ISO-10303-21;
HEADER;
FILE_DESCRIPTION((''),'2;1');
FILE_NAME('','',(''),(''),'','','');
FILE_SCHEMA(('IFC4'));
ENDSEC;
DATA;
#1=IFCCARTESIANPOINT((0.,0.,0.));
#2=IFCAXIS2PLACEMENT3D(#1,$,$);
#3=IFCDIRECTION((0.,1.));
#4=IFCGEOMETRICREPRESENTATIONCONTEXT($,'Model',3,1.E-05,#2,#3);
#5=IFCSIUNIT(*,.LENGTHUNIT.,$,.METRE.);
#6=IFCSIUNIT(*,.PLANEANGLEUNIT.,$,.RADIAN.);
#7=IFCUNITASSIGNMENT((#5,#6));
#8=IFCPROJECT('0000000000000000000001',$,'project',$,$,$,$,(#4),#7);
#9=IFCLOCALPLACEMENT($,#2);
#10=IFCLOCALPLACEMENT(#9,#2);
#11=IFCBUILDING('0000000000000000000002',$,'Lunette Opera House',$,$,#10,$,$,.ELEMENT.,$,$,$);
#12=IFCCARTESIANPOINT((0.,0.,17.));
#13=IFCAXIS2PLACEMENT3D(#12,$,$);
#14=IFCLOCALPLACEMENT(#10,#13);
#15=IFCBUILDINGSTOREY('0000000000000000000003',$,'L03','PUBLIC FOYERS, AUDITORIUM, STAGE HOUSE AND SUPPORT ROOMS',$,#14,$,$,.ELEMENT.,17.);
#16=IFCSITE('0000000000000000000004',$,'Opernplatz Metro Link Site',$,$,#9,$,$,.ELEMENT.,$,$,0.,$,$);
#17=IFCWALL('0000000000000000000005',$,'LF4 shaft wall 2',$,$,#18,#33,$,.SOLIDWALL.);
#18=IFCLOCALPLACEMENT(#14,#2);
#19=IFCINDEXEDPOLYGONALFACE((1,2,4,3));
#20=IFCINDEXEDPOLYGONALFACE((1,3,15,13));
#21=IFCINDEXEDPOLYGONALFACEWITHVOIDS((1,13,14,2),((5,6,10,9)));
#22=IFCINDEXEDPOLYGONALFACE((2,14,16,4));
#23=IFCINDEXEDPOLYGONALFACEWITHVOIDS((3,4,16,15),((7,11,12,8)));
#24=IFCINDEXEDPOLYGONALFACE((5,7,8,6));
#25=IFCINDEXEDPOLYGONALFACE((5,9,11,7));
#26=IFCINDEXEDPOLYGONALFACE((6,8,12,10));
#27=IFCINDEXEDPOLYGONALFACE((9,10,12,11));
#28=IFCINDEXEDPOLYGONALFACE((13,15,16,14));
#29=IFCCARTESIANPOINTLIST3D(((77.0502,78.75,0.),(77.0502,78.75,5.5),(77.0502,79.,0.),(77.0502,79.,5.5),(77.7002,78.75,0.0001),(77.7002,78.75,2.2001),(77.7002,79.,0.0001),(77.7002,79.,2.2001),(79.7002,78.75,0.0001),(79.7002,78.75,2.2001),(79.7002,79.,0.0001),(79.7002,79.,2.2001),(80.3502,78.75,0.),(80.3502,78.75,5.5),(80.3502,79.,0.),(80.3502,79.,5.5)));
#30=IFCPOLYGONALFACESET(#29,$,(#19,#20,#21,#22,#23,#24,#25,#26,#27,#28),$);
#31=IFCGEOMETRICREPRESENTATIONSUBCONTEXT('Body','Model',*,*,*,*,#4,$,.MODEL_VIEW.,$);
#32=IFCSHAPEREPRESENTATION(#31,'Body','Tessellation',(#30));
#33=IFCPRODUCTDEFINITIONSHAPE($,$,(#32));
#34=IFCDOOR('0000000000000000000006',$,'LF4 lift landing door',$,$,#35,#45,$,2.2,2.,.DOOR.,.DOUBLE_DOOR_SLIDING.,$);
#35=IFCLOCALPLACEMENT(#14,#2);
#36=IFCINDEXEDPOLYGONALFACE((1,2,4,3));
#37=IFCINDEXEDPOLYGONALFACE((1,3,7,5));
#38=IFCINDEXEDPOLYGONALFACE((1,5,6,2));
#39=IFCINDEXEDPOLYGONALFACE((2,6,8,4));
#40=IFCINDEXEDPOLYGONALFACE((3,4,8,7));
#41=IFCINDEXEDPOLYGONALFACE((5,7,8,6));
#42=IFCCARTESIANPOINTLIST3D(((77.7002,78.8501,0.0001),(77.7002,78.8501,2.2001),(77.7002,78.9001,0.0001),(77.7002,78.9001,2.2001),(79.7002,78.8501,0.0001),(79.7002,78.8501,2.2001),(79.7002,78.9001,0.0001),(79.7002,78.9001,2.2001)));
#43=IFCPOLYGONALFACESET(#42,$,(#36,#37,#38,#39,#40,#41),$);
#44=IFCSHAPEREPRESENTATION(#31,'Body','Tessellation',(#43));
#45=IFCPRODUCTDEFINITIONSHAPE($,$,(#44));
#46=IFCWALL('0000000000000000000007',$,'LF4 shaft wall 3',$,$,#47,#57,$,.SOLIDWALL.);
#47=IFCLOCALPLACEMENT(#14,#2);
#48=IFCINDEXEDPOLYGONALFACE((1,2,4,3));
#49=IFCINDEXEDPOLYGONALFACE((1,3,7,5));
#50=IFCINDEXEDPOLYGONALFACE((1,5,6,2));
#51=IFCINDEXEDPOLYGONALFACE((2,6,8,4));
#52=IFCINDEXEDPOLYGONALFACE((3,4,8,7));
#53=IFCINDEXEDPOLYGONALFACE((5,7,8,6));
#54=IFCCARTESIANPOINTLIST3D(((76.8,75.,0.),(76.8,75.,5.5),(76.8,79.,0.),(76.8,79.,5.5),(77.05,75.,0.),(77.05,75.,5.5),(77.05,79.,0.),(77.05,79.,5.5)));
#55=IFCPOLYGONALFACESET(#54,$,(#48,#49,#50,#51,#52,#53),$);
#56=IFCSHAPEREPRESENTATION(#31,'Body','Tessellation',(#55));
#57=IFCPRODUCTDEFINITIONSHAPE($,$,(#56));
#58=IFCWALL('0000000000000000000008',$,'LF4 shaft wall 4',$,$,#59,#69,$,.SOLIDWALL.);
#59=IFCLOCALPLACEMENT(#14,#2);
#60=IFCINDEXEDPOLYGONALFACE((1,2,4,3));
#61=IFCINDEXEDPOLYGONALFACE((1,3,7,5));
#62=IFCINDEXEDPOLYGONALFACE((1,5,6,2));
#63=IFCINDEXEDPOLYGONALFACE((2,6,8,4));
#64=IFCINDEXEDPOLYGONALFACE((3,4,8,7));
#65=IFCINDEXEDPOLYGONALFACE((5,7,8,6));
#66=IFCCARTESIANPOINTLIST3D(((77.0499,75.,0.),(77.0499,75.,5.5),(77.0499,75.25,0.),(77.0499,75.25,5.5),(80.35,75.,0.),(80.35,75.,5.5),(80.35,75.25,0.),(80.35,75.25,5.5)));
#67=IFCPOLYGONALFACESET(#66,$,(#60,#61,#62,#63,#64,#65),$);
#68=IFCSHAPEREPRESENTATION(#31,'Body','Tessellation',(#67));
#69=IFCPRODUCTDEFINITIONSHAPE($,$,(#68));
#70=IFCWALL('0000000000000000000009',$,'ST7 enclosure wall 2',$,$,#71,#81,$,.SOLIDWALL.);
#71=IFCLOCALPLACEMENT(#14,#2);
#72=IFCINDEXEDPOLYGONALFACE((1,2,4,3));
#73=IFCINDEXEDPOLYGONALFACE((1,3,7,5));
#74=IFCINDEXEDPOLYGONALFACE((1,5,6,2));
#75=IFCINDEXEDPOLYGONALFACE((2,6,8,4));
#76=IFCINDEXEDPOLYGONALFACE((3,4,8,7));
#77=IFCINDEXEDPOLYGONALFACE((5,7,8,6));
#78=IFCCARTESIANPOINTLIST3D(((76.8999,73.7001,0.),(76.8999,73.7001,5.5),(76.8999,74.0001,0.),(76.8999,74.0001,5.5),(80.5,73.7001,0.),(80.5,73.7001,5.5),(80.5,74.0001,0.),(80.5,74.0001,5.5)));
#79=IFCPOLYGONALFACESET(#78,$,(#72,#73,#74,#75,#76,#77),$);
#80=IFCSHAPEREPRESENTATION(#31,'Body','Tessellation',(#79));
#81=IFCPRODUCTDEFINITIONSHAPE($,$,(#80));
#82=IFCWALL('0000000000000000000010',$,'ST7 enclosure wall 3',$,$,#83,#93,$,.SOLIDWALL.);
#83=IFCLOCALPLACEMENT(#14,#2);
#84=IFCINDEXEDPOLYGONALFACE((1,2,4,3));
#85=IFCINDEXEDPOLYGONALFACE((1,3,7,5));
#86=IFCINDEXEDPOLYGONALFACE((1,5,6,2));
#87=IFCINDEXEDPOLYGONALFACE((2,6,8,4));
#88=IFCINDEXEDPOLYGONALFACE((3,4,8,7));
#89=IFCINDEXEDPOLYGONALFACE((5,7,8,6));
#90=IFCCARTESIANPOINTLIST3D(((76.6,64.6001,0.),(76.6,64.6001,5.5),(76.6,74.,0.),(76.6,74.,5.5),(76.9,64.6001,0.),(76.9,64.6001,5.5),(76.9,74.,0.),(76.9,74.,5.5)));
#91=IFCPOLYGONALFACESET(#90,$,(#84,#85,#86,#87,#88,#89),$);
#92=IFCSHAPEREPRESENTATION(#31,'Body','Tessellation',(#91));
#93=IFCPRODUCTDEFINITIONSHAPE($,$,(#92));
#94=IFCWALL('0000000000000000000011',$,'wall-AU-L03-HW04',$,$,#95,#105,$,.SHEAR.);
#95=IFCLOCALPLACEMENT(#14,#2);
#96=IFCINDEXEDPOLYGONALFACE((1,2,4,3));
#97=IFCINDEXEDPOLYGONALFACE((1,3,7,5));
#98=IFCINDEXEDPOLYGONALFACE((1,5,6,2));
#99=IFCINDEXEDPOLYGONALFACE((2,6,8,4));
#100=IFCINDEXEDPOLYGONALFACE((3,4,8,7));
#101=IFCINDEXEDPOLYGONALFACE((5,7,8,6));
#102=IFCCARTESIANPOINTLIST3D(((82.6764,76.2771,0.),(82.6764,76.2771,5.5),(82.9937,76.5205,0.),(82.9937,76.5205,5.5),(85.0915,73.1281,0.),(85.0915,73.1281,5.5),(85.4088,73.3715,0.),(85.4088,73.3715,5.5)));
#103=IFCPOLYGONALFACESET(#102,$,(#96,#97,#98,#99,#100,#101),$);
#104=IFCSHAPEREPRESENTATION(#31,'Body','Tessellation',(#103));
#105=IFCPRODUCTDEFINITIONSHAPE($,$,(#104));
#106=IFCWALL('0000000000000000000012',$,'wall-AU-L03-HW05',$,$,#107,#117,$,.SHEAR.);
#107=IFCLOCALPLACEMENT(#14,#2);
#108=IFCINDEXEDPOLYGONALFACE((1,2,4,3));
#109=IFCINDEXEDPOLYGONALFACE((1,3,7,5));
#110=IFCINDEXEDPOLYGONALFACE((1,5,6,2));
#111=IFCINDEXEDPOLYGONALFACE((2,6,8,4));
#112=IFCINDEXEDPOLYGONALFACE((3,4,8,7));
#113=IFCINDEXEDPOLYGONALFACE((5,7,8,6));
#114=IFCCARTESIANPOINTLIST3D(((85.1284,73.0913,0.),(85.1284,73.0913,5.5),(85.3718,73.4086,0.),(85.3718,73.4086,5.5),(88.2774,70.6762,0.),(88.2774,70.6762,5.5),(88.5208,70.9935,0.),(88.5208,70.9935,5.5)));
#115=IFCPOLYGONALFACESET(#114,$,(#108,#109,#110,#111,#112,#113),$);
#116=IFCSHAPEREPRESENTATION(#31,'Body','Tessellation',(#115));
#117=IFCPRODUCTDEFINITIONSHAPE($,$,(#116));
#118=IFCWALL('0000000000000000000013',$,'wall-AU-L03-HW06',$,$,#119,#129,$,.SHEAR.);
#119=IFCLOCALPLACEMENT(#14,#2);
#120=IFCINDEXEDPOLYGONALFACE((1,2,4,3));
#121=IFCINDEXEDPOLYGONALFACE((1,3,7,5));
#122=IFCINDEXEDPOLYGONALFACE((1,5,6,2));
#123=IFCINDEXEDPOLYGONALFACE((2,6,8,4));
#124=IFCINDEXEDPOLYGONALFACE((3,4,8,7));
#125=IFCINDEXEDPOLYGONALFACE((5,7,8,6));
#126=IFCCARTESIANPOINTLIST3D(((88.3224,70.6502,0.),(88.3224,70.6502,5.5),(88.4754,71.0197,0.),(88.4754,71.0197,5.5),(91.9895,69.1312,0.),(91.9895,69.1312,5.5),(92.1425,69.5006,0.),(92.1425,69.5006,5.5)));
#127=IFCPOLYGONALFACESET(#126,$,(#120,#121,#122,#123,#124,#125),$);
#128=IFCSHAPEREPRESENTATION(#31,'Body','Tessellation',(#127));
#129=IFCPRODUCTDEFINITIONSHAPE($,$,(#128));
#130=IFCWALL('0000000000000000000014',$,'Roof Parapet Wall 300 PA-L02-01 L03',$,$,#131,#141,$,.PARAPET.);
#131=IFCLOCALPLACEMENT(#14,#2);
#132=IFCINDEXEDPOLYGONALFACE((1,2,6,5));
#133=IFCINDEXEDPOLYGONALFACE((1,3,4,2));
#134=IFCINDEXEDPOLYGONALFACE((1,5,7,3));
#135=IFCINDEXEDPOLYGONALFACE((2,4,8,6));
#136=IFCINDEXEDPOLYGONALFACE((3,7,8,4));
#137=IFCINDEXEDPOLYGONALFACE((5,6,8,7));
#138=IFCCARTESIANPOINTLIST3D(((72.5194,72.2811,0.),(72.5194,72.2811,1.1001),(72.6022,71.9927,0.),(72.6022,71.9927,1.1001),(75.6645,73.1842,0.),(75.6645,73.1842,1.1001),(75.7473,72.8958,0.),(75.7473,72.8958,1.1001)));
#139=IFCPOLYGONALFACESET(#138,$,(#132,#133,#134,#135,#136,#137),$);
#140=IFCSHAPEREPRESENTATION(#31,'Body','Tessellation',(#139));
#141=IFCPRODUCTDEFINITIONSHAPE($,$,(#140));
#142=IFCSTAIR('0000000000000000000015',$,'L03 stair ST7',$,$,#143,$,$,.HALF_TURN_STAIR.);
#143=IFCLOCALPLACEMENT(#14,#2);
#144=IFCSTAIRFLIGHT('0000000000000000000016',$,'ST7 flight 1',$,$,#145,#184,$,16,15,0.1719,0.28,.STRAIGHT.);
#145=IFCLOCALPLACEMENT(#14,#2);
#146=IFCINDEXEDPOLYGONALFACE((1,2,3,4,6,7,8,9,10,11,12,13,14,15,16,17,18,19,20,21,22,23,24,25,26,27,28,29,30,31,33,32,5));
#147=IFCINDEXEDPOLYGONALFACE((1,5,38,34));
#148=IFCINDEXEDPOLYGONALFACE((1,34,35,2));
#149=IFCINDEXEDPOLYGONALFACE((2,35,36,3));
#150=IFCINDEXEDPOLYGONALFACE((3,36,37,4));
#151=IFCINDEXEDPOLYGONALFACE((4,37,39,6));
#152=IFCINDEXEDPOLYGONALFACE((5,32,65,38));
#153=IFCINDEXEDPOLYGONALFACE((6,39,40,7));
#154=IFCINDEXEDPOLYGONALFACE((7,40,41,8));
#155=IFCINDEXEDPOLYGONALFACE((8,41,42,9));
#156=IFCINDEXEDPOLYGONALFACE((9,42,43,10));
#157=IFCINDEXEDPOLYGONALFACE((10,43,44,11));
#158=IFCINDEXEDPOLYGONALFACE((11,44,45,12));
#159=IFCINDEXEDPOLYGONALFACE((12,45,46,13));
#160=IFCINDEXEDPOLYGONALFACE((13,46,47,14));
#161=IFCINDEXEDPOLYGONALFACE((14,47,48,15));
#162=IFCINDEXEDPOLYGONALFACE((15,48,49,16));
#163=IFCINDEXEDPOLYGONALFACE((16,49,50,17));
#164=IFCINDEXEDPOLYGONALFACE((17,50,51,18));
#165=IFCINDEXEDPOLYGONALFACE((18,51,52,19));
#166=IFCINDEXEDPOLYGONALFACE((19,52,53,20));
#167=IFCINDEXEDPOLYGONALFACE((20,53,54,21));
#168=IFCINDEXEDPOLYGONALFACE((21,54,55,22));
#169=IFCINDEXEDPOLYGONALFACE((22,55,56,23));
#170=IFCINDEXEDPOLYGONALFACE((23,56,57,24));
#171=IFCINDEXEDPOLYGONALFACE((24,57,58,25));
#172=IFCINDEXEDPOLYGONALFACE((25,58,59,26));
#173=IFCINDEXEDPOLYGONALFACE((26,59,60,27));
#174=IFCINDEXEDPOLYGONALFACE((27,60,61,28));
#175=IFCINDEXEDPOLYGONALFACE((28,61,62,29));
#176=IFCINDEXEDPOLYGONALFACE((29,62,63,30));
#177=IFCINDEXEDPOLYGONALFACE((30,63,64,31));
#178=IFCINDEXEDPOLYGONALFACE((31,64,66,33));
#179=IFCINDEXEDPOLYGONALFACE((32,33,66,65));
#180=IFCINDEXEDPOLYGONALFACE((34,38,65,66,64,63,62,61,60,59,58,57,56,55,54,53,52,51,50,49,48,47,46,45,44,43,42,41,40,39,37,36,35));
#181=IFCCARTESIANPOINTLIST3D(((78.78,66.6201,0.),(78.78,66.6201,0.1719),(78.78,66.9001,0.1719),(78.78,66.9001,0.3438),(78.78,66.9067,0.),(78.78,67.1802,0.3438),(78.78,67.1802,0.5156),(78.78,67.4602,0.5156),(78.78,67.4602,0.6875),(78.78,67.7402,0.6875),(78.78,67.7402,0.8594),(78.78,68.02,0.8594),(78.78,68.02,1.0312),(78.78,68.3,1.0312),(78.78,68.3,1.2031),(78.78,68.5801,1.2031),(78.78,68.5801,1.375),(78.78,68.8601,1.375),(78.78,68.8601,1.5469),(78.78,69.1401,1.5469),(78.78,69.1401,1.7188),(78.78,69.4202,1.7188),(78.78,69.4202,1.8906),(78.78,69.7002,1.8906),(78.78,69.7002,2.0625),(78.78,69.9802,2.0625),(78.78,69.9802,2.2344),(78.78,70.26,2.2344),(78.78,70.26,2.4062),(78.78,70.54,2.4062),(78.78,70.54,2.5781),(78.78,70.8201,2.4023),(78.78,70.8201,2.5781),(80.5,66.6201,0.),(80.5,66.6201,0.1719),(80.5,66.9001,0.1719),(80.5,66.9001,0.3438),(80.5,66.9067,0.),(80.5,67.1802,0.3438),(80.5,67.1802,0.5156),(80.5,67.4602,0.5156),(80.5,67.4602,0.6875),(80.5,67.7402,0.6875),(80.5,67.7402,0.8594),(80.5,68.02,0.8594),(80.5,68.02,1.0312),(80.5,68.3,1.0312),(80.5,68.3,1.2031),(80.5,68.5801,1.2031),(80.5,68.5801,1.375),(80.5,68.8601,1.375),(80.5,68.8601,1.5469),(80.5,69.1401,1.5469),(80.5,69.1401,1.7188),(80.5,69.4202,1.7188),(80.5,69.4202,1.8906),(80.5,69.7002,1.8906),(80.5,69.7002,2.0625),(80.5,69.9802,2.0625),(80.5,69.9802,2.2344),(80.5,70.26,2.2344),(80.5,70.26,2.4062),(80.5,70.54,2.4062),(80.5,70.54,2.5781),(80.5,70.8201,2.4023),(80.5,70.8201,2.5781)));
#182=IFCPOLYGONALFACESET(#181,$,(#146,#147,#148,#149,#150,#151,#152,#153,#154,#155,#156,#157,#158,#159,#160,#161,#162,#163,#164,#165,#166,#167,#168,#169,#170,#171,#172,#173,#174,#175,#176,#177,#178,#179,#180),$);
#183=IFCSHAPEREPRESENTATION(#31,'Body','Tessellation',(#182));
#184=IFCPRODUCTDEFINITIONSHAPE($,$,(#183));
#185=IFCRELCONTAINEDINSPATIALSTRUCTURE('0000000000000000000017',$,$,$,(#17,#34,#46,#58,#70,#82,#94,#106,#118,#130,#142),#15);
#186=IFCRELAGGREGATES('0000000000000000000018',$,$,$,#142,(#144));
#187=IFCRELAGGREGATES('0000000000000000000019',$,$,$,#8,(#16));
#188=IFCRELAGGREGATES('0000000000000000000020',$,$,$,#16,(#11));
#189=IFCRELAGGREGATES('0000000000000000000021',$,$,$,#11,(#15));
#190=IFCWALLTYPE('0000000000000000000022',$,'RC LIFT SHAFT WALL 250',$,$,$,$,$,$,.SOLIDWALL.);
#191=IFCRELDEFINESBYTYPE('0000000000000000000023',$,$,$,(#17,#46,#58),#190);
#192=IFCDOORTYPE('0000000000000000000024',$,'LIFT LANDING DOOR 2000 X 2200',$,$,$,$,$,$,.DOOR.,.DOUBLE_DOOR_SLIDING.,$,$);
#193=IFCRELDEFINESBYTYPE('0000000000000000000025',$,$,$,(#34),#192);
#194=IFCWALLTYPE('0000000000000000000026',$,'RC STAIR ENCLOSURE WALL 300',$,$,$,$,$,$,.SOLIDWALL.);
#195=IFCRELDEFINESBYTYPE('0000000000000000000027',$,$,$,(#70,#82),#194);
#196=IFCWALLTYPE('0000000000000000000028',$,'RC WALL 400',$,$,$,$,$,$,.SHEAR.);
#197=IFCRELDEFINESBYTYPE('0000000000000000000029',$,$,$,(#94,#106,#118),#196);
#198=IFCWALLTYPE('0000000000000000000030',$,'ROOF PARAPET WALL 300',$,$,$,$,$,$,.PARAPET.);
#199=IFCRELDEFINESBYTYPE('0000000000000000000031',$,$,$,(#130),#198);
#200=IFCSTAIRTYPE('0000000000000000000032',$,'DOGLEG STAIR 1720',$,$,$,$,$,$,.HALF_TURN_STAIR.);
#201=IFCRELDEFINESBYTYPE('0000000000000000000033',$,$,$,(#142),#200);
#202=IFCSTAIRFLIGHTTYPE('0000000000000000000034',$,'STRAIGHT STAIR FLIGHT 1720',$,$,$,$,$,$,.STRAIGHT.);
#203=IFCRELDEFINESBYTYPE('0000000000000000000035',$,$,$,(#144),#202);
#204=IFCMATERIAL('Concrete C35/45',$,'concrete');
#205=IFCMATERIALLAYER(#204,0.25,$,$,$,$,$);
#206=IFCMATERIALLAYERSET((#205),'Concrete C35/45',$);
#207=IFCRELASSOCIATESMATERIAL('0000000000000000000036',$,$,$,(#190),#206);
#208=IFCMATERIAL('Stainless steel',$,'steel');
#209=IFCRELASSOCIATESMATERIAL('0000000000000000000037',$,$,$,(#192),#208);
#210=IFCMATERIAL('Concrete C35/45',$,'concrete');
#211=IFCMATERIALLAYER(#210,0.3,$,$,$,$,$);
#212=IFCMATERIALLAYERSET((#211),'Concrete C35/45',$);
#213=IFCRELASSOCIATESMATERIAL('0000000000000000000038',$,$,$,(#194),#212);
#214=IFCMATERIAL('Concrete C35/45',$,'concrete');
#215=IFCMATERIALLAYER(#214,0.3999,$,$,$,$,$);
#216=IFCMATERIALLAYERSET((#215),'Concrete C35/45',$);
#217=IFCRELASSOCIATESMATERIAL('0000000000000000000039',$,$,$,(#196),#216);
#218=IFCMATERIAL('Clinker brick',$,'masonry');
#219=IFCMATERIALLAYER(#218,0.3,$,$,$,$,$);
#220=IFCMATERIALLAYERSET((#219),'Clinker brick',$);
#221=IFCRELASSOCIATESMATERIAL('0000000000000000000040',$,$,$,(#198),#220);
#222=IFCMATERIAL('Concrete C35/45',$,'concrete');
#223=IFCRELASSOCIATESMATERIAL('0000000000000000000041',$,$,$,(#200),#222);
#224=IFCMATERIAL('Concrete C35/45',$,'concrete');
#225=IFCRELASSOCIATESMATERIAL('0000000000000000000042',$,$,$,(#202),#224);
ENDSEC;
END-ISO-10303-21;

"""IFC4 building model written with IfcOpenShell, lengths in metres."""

from ifc_helpers import new_model, si_unit, direction, frame, frame_2d, origin, place, context, subcontext, project, spatial, polyline, rectangle, outline, extrude, material, layer, layer_set, type_object, element, fill, aggregate, save


model = new_model("IFC4")

# Units and contexts
model_context = context("Model", 3, precision=1e-05, world=origin(), true_north=direction((0.0, 1.0)))
body_context = subcontext(model_context, "Body", "Model", "MODEL_VIEW")
ifc_project = project(units=[si_unit("LENGTHUNIT", "METRE"), si_unit("PLANEANGLEUNIT", "RADIAN")], contexts=[model_context])

# Site, building, storey
site_placement = place(None, origin())
site = spatial("IfcSite", under=ifc_project, at=site_placement, Name="Opernplatz Metro Link Site", CompositionType="ELEMENT", RefElevation=0.0)
building_placement = place(site_placement, origin())
building = spatial("IfcBuilding", under=site, at=building_placement, Name="Lunette Opera House", CompositionType="ELEMENT")
storey_placement = place(building_placement, frame((0.0, 0.0, 17.0)))
storey = spatial("IfcBuildingStorey", under=building, at=storey_placement, Name="L03", Description="PUBLIC FOYERS, AUDITORIUM, STAGE HOUSE AND SUPPORT ROOMS", CompositionType="ELEMENT", Elevation=17.0)

# Shared definitions
ifc_material_1 = material(Name="Concrete C35/45", Category="concrete")
ifc_layer_1 = layer(ifc_material_1, 0.25)
ifc_layer_set_1 = layer_set([ifc_layer_1], Name="Concrete C35/45")
wall_type_1 = type_object("IfcWallType", Name="RC LIFT SHAFT WALL 250", PredefinedType="SOLIDWALL", material=ifc_layer_set_1)

# Wall, opening, door
wall_1_placement = place(storey_placement, frame((80.3501, 78.875, 0.0), z_axis=(0.0, 0.0, 1.0), x_axis=(-1.0, 0.0, 0.0)))
wall_1 = element("IfcWall", 1, at=wall_1_placement, inside=storey, type_object=wall_type_1, Name="LF4 shaft wall 2", PredefinedType="SOLIDWALL", context=body_context, shape_type="SweptSolid", body=[
    extrude(rectangle(XDim=3.3, YDim=0.25, at=frame_2d((1.6499, 0.0))), origin(), (0.0, 0.0, 1.0), 5.5),
])
opening_placement = place(wall_1_placement, frame((0.6499, 0.0, 0.0)))
opening = element("IfcOpeningElement", 2, at=opening_placement, cuts=wall_1, PredefinedType="OPENING", context=body_context, shape_type="SweptSolid", body=[
    extrude(rectangle(XDim=2.0, YDim=2.2, at=frame_2d((1.0, 1.1001))), frame((0.0, 0.137, 0.0), z_axis=(0.0, -1.0, 0.0), x_axis=(1.0, 0.0, 0.0)), (0.0, 0.0, 1.0), 0.2739),
])
ifc_material_2 = material(Name="Stainless steel", Category="steel")
door_type = type_object("IfcDoorType", Name="LIFT LANDING DOOR 2000 X 2200", OperationType="DOUBLE_DOOR_SLIDING", PredefinedType="DOOR", material=ifc_material_2)
door_placement = place(opening_placement, origin())
door = element("IfcDoor", 3, at=door_placement, inside=storey, type_object=door_type, Name="LF4 lift landing door", OperationType="DOUBLE_DOOR_SLIDING", OverallHeight=2.2, OverallWidth=2.0, PredefinedType="DOOR", context=body_context, shape_type="SweptSolid", body=[
    extrude(rectangle(XDim=2.0, YDim=2.2, at=frame_2d((1.0, 1.1001))), frame((0.0, 0.0249, 0.0), z_axis=(0.0, -1.0, 0.0), x_axis=(1.0, 0.0, 0.0)), (0.0, 0.0, 1.0), 0.05),
])
fill(opening, door)

# Walls
wall_2_placement = place(storey_placement, frame((76.925, 79.0, 0.0), z_axis=(0.0, 0.0, 1.0), x_axis=(0.0, -1.0, 0.0)))
element("IfcWall", 4, at=wall_2_placement, inside=storey, type_object=wall_type_1, Name="LF4 shaft wall 3", PredefinedType="SOLIDWALL", context=body_context, shape_type="SweptSolid", body=[
    extrude(rectangle(XDim=4.0, YDim=0.25, at=frame_2d((2.0, 0.0))), origin(), (0.0, 0.0, 1.0), 5.5),
])
wall_3_placement = place(storey_placement, frame((77.05, 75.125, 0.0), z_axis=(0.0, 0.0, 1.0), x_axis=(1.0, 0.0, 0.0)))
element("IfcWall", 5, at=wall_3_placement, inside=storey, type_object=wall_type_1, Name="LF4 shaft wall 4", PredefinedType="SOLIDWALL", context=body_context, shape_type="SweptSolid", body=[
    extrude(rectangle(XDim=3.3, YDim=0.25, at=frame_2d((1.6499, 0.0))), origin(), (0.0, 0.0, 1.0), 5.5),
])
ifc_material_3 = material(Name="Concrete C35/45", Category="concrete")
ifc_layer_2 = layer(ifc_material_3, 0.3)
ifc_layer_set_2 = layer_set([ifc_layer_2], Name="Concrete C35/45")
wall_type_2 = type_object("IfcWallType", Name="RC STAIR ENCLOSURE WALL 300", PredefinedType="SOLIDWALL", material=ifc_layer_set_2)
wall_4_placement = place(storey_placement, frame((80.5, 73.8501, 0.0), z_axis=(0.0, 0.0, 1.0), x_axis=(-1.0, 0.0, 0.0)))
element("IfcWall", 6, at=wall_4_placement, inside=storey, type_object=wall_type_2, Name="ST7 enclosure wall 2", PredefinedType="SOLIDWALL", context=body_context, shape_type="SweptSolid", body=[
    extrude(rectangle(XDim=3.6001, YDim=0.3, at=frame_2d((1.8, 0.0))), origin(), (0.0, 0.0, 1.0), 5.5),
])
wall_5_placement = place(storey_placement, frame((76.75, 74.0, 0.0), z_axis=(0.0, 0.0, 1.0), x_axis=(0.0, -1.0, 0.0)))
element("IfcWall", 7, at=wall_5_placement, inside=storey, type_object=wall_type_2, Name="ST7 enclosure wall 3", PredefinedType="SOLIDWALL", context=body_context, shape_type="SweptSolid", body=[
    extrude(rectangle(XDim=9.3999, YDim=0.3, at=frame_2d((4.7, 0.0))), origin(), (0.0, 0.0, 1.0), 5.5),
])
ifc_material_4 = material(Name="Concrete C35/45", Category="concrete")
ifc_layer_3 = layer(ifc_material_4, 0.3999)
ifc_layer_set_3 = layer_set([ifc_layer_3], Name="Concrete C35/45")
wall_type_3 = type_object("IfcWallType", Name="RC WALL 400", PredefinedType="SHEAR", material=ifc_layer_set_3)
for number, where, z_axis, x_axis, name in (
    (8, (82.835, 76.3989, 0.0), (0.0, 0.0, 1.0), (0.608568, -0.793501, 0.0), "wall-AU-L03-HW04"),
    (9, (85.25, 73.25, 0.0), (0.0, 0.0, 1.0), (0.793501, -0.608568, 0.0), "wall-AU-L03-HW05"),
):
    element("IfcWall", number, at=place(storey_placement, frame(where, z_axis=z_axis, x_axis=x_axis)), inside=storey, type_object=wall_type_3, Name=name, PredefinedType="SHEAR", context=body_context, shape_type="SweptSolid", body=[
        extrude(rectangle(XDim=3.9685, YDim=0.3999, at=frame_2d((1.9844, 0.0))), origin(), (0.0, 0.0, 1.0), 5.5),
    ])
wall_6_placement = place(storey_placement, frame((88.3989, 70.835, 0.0), z_axis=(0.0, 0.0, 1.0), x_axis=(0.923868, -0.38271, 0.0)))
element("IfcWall", 10, at=wall_6_placement, inside=storey, type_object=wall_type_3, Name="wall-AU-L03-HW06", PredefinedType="SHEAR", context=body_context, shape_type="SweptSolid", body=[
    extrude(rectangle(XDim=3.9692, YDim=0.3999, at=frame_2d((1.9846, 0.0))), origin(), (0.0, 0.0, 1.0), 5.5),
])
ifc_material_5 = material(Name="Clinker brick", Category="masonry")
ifc_layer_4 = layer(ifc_material_5, 0.3)
ifc_layer_set_4 = layer_set([ifc_layer_4], Name="Clinker brick")
wall_type_4 = type_object("IfcWallType", Name="ROOF PARAPET WALL 300", PredefinedType="PARAPET", material=ifc_layer_set_4)
wall_7_placement = place(storey_placement, frame((75.7061, 73.04, 0.0), z_axis=(0.0, 0.0, 1.0), x_axis=(-0.96116, -0.275992, 0.0)))
element("IfcWall", 11, at=wall_7_placement, inside=storey, type_object=wall_type_4, Name="Roof Parapet Wall 300 PA-L02-01 L03", PredefinedType="PARAPET", context=body_context, shape_type="SweptSolid", body=[
    extrude(rectangle(XDim=3.2722, YDim=0.3, at=frame_2d((1.6362, 0.0))), origin(), (0.0, 0.0, 1.0), 1.1001),
])

# Stair, stair flight
ifc_material_6 = material(Name="Concrete C35/45", Category="concrete")
stair_type = type_object("IfcStairType", Name="DOGLEG STAIR 1720", PredefinedType="HALF_TURN_STAIR", material=ifc_material_6)
stair_placement = place(storey_placement, origin())
stair = element("IfcStair", 12, at=stair_placement, inside=storey, type_object=stair_type, Name="L03 stair ST7", PredefinedType="HALF_TURN_STAIR")
ifc_material_7 = material(Name="Concrete C35/45", Category="concrete")
stair_flight_type = type_object("IfcStairFlightType", Name="STRAIGHT STAIR FLIGHT 1720", PredefinedType="STRAIGHT", material=ifc_material_7)
stair_flight_1_placement = place(storey_placement, frame((79.6399, 66.6201, 0.0), z_axis=(0.0, 0.0, 1.0), x_axis=(0.0, 1.0, 0.0)))
stair_flight_1 = element("IfcStairFlight", 13, at=stair_flight_1_placement, type_object=stair_flight_type, Name="ST7 flight 1", NumberOfRisers=16, NumberOfTreads=15, PredefinedType="STRAIGHT", RiserHeight=0.1719, TreadLength=0.28, context=body_context, shape_type="SweptSolid", body=[
    extrude(outline(polyline([(0.0, 0.0), (0.0, 0.1719), (0.28, 0.1719), (0.28, 0.3438), (0.5601, 0.3438), (0.5601, 0.5156), (0.8401, 0.5156), (0.8401, 0.6875), (1.1201, 0.6875), (1.1201, 0.8594), (1.3999, 0.8594), (1.3999, 1.0312), (1.6799, 1.0312), (1.6799, 1.2031), (1.96, 1.2031), (1.96, 1.375), (2.24, 1.375), (2.24, 1.5469), (2.52, 1.5469), (2.52, 1.7188), (2.8, 1.7188), (2.8, 1.8906), (3.0801, 1.8906), (3.0801, 2.0625), (3.3601, 2.0625), (3.3601, 2.2344), (3.6399, 2.2344), (3.6399, 2.4062), (3.9199, 2.4062), (3.9199, 2.5781), (4.2, 2.5781), (4.2, 2.75), (4.2, 2.4023), (0.2866, 0.0), (0.0, 0.0)])), frame((0.0, 0.8599, 0.0), z_axis=(0.0, -1.0, 0.0), x_axis=(1.0, 0.0, 0.0)), (0.0, 0.0, 1.0), 1.72),
])
aggregate(stair, [stair_flight_1])

save(model, "model.ifc")
